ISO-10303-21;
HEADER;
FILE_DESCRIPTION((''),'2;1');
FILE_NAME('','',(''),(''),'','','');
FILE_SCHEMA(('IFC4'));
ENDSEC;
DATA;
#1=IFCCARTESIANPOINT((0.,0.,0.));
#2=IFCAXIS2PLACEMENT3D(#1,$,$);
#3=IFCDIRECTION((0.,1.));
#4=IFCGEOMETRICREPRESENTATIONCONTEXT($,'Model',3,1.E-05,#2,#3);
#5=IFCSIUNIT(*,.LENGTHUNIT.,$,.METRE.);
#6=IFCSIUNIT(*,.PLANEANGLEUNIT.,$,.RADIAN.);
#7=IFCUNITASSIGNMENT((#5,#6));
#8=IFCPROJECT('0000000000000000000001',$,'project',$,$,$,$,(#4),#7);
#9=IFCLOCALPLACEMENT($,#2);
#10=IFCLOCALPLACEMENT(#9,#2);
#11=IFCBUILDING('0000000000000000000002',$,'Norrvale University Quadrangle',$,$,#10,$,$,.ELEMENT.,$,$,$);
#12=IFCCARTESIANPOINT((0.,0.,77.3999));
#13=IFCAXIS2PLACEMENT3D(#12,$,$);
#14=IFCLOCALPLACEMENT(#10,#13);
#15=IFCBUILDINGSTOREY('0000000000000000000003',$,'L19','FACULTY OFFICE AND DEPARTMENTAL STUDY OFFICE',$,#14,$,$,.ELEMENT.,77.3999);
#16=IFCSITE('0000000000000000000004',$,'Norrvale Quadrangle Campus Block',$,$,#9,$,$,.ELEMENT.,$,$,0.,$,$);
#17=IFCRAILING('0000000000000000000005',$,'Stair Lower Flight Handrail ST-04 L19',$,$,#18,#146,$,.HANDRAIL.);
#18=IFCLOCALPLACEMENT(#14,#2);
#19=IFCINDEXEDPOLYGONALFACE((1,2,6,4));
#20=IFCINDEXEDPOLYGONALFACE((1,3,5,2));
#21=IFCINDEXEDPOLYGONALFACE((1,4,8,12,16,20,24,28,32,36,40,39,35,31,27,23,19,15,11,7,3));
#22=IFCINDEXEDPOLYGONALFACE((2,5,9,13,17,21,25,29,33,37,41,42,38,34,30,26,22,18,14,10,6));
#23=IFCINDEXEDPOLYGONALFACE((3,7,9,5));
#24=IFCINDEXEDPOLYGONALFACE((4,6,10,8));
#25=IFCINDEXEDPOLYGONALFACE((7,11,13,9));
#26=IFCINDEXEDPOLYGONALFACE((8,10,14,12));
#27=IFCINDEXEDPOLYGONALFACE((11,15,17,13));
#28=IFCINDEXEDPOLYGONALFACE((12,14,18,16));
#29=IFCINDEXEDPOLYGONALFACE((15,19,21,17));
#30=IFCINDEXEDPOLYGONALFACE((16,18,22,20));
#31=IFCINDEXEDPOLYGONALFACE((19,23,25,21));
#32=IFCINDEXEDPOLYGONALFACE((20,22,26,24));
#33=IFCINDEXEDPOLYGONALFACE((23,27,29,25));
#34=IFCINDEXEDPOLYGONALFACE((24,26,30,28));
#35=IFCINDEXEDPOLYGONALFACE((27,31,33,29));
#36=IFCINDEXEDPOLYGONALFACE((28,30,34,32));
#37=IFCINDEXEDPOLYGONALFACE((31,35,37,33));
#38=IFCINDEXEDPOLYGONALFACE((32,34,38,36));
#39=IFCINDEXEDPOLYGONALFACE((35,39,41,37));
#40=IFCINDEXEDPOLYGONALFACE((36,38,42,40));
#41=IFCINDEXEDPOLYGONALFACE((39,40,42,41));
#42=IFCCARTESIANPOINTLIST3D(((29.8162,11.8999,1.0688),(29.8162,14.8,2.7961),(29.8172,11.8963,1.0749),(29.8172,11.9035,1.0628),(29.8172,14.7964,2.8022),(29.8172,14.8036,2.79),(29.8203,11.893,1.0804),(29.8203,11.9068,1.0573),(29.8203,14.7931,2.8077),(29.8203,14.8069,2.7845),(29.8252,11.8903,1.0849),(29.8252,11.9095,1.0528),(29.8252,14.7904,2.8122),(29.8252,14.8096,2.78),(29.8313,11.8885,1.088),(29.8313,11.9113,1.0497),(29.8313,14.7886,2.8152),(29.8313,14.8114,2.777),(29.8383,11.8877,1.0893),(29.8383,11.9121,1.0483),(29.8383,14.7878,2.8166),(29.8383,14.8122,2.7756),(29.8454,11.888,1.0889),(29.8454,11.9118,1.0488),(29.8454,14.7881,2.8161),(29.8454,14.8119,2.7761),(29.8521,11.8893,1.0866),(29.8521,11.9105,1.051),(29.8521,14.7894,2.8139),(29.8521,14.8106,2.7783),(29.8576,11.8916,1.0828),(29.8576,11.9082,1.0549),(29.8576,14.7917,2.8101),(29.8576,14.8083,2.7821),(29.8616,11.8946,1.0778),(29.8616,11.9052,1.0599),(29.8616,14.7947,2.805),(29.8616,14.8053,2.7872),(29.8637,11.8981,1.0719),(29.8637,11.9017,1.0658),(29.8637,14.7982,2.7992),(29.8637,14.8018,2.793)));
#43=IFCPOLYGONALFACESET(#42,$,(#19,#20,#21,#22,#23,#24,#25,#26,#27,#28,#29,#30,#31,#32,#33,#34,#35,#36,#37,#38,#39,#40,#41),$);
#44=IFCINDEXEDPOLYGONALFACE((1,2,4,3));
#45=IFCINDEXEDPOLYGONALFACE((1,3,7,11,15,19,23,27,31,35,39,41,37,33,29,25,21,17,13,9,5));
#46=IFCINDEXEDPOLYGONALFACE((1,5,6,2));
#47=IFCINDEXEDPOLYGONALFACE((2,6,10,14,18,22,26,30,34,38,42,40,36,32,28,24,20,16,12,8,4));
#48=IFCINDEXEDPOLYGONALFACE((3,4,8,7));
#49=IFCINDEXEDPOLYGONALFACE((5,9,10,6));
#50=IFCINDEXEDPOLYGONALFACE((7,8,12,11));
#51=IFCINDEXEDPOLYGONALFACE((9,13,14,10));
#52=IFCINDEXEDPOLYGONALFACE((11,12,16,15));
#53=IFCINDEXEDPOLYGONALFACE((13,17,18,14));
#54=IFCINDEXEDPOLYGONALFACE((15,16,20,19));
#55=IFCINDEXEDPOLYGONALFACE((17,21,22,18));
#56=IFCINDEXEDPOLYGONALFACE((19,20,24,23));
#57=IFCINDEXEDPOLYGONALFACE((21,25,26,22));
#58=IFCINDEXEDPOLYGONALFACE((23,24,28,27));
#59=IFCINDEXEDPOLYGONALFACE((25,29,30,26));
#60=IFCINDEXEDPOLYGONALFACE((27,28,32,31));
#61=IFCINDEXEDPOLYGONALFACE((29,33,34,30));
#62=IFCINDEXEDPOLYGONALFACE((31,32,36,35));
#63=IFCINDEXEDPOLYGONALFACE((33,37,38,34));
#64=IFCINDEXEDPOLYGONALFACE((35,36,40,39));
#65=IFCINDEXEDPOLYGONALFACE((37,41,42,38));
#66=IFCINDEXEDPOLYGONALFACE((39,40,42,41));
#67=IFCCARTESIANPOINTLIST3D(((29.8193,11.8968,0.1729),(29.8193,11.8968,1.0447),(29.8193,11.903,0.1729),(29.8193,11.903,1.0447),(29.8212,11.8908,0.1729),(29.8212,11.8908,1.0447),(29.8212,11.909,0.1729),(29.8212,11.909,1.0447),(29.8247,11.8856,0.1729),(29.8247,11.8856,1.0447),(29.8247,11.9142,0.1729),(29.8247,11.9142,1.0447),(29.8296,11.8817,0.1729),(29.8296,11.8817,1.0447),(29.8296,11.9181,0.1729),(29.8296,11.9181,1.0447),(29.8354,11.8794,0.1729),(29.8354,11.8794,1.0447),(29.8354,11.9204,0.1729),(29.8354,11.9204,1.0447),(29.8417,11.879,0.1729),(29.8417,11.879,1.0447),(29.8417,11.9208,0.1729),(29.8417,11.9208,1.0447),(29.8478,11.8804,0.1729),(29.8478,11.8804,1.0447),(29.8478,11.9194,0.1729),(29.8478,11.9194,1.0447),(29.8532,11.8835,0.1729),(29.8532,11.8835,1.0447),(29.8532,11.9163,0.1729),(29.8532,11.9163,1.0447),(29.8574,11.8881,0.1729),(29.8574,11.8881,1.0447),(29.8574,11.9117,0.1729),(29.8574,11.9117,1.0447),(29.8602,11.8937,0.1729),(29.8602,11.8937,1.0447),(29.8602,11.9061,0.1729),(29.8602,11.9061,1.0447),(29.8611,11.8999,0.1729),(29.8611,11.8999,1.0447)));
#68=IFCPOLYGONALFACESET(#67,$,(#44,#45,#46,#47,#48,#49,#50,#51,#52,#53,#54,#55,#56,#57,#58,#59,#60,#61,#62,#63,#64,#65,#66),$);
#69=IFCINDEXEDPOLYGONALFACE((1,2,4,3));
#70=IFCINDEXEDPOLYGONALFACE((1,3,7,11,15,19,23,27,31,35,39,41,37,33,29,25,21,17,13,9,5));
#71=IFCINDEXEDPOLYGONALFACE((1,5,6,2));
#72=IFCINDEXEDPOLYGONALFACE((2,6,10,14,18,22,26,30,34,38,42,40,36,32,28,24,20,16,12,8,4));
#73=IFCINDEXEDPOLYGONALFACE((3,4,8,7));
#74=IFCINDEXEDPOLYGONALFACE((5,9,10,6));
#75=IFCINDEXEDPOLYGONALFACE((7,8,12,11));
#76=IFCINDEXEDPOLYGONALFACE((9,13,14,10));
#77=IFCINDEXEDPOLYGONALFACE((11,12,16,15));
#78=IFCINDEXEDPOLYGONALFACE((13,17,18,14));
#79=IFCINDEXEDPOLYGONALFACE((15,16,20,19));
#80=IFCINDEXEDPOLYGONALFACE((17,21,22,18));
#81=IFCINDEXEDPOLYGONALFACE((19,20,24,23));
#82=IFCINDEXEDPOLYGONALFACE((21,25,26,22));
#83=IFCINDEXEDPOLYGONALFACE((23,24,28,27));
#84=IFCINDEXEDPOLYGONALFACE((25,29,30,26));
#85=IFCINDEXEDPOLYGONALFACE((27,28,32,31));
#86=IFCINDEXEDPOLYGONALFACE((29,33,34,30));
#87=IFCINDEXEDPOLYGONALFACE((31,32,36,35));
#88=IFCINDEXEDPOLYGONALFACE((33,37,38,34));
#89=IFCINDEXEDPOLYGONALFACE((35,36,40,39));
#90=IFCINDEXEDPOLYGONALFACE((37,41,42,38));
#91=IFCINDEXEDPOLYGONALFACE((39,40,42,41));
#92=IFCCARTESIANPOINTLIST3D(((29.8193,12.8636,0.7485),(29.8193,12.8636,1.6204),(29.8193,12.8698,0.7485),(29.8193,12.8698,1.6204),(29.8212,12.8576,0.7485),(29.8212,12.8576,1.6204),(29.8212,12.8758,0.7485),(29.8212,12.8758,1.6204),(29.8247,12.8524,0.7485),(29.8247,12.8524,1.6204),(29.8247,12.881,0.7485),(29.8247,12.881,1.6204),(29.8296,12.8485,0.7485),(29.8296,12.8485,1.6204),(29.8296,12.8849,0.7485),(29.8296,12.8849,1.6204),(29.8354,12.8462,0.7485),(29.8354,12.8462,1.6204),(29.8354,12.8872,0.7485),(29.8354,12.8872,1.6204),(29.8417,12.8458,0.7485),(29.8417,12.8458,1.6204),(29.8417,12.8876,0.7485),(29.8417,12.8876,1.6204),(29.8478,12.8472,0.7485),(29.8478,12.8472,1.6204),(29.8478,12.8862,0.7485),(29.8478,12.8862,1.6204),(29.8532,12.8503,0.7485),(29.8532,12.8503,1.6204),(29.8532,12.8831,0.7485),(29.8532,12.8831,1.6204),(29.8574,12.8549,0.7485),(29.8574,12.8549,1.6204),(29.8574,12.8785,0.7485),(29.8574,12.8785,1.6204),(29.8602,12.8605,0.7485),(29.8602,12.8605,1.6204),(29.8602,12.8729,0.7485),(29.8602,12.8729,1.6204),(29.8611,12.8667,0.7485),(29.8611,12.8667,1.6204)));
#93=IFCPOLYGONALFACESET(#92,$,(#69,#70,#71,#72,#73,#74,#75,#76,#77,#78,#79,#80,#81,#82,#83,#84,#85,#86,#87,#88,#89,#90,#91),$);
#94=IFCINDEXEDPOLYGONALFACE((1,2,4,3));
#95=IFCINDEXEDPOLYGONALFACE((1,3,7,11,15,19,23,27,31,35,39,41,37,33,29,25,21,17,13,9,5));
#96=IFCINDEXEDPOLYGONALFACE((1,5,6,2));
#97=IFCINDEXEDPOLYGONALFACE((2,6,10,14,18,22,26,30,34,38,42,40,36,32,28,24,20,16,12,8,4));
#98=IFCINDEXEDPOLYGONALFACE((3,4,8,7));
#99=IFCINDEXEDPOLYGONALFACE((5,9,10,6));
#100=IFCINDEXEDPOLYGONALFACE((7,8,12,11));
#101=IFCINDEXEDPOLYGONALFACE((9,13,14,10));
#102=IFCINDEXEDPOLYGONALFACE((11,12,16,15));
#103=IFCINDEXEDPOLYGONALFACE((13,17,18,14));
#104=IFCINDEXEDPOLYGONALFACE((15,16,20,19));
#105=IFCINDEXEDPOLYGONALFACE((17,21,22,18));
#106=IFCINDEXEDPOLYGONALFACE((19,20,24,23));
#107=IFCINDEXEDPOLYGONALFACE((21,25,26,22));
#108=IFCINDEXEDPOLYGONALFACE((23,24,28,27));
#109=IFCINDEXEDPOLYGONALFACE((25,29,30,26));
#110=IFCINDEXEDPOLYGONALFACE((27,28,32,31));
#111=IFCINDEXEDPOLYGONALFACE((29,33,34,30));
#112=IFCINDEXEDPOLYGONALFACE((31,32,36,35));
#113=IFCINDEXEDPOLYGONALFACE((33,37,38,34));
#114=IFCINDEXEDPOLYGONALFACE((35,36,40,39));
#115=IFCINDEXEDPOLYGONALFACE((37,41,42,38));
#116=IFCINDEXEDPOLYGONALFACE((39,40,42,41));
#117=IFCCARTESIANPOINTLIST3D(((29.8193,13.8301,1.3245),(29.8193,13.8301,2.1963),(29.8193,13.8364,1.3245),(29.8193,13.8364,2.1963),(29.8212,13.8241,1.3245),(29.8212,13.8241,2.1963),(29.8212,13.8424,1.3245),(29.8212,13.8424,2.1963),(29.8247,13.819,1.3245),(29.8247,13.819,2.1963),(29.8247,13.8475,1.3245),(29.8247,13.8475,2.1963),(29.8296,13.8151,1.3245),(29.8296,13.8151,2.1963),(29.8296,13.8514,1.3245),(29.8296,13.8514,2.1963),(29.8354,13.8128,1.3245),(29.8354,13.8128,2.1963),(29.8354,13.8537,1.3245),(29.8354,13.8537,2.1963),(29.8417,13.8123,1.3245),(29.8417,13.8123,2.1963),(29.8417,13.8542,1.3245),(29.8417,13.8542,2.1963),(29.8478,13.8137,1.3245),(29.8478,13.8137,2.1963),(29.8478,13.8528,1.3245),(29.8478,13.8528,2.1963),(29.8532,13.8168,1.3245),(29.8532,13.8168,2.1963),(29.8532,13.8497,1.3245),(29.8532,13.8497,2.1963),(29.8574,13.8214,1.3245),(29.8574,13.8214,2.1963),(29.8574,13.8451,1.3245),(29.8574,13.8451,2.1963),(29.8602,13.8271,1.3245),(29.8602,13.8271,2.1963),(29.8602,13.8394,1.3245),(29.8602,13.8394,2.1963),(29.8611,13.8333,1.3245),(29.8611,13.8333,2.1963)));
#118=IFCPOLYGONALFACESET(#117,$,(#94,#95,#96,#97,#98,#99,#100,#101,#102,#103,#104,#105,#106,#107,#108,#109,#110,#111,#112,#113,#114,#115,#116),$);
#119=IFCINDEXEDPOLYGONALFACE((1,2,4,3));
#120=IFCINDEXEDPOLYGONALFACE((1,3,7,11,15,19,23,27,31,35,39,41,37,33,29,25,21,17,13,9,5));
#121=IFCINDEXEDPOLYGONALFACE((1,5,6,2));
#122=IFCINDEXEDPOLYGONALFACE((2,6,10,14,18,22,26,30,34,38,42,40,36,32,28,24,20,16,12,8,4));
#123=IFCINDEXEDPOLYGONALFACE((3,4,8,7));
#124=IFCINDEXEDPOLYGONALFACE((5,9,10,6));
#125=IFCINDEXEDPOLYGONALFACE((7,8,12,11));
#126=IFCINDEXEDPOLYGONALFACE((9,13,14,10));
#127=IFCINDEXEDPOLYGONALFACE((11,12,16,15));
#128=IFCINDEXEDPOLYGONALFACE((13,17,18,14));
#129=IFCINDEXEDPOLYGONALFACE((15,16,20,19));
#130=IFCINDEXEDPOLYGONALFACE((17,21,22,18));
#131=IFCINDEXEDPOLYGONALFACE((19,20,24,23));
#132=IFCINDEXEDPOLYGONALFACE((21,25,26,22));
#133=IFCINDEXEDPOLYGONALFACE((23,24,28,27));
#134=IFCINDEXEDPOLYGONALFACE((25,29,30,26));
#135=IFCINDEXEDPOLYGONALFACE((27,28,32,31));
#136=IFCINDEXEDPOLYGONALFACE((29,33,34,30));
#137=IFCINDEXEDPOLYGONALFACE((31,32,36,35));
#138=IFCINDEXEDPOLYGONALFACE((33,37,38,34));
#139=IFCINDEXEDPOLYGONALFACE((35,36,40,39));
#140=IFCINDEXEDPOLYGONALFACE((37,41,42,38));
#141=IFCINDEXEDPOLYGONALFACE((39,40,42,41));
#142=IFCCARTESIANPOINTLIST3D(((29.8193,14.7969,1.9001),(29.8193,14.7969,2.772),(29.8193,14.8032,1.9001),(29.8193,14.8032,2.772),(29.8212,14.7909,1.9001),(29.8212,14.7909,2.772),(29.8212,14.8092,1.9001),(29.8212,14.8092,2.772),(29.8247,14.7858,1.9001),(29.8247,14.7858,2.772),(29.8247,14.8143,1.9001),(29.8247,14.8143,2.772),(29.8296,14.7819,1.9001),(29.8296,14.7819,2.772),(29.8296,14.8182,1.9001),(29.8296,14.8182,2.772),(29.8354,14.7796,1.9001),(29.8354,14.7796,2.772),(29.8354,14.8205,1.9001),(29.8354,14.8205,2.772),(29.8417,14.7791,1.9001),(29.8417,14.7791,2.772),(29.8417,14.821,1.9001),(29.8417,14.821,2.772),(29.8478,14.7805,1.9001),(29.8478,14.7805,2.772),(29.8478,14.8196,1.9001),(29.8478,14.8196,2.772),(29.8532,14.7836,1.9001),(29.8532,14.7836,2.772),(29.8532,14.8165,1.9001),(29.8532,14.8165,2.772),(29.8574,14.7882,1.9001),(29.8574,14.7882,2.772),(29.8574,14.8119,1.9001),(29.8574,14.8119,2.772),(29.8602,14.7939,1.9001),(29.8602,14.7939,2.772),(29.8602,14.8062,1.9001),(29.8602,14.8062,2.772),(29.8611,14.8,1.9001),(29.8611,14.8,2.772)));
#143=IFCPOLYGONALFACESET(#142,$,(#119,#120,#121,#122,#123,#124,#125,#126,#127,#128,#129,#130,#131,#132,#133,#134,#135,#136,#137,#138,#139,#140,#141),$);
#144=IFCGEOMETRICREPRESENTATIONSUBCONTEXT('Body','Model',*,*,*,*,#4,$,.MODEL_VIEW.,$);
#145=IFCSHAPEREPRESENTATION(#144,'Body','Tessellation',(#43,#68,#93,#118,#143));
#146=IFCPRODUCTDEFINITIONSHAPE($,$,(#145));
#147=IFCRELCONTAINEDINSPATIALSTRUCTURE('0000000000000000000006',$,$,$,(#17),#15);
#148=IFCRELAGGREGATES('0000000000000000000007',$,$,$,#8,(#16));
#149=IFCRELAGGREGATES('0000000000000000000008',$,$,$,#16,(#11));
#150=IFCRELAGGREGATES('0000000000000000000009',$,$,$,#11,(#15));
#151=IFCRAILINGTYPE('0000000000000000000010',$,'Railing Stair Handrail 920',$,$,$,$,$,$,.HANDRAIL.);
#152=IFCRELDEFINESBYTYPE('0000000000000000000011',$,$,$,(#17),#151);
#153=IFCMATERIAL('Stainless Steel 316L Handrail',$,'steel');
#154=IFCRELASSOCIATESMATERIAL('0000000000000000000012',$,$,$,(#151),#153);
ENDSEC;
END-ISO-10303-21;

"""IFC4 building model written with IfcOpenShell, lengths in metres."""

from ifc_helpers import new_model, si_unit, direction, frame, origin, origin_2d, place, context, subcontext, project, spatial, circle, extrude, material, type_object, element, save


model = new_model("IFC4")

# Units and contexts
model_context = context("Model", 3, precision=1e-05, world=origin(), true_north=direction((0.0, 1.0)))
body_context = subcontext(model_context, "Body", "Model", "MODEL_VIEW")
ifc_project = project(units=[si_unit("LENGTHUNIT", "METRE"), si_unit("PLANEANGLEUNIT", "RADIAN")], contexts=[model_context])

# Site, building, storey
site_placement = place(None, origin())
site = spatial("IfcSite", under=ifc_project, at=site_placement, Name="Norrvale Quadrangle Campus Block", CompositionType="ELEMENT", RefElevation=0.0)
building_placement = place(site_placement, origin())
building = spatial("IfcBuilding", under=site, at=building_placement, Name="Norrvale University Quadrangle", CompositionType="ELEMENT")
storey_placement = place(building_placement, frame((0.0, 0.0, 77.3999)))
storey = spatial("IfcBuildingStorey", under=building, at=storey_placement, Name="L19", Description="FACULTY OFFICE AND DEPARTMENTAL STUDY OFFICE", CompositionType="ELEMENT", Elevation=77.3999)

# Railing
ifc_material_1 = material(Name="Stainless Steel 316L Handrail", Category="steel")
railing_type_1 = type_object("IfcRailingType", Name="Railing Stair Handrail 920", PredefinedType="HANDRAIL", material=ifc_material_1)
railing_1_placement = place(storey_placement, frame((29.8401, 11.8999, 0.1729)))
element("IfcRailing", 1, at=railing_1_placement, inside=storey, type_object=railing_type_1, Name="Stair Lower Flight Handrail ST-04 L19", PredefinedType="HANDRAIL", context=body_context, shape_type="SweptSolid", body=[
    extrude(circle(Radius=0.0239, at=origin_2d()), frame((0.0, 0.0, 0.896), z_axis=(0.0, 0.85916, 0.511706), x_axis=(-1.0, 0.0, 0.0)), (0.0, 0.0, 1.0), 3.3755),
    extrude(circle(Radius=0.021, at=origin_2d()), origin(), (0.0, 0.0, 1.0), 0.8718),
    extrude(circle(Radius=0.021, at=origin_2d()), frame((0.0, 0.9668, 0.5757)), (0.0, 0.0, 1.0), 0.8718),
    extrude(circle(Radius=0.021, at=origin_2d()), frame((0.0, 1.9333, 1.1516)), (0.0, 0.0, 1.0), 0.8718),
    extrude(circle(Radius=0.021, at=origin_2d()), frame((0.0, 2.9001, 1.7273)), (0.0, 0.0, 1.0), 0.8718),
])

save(model, "model.ifc")
